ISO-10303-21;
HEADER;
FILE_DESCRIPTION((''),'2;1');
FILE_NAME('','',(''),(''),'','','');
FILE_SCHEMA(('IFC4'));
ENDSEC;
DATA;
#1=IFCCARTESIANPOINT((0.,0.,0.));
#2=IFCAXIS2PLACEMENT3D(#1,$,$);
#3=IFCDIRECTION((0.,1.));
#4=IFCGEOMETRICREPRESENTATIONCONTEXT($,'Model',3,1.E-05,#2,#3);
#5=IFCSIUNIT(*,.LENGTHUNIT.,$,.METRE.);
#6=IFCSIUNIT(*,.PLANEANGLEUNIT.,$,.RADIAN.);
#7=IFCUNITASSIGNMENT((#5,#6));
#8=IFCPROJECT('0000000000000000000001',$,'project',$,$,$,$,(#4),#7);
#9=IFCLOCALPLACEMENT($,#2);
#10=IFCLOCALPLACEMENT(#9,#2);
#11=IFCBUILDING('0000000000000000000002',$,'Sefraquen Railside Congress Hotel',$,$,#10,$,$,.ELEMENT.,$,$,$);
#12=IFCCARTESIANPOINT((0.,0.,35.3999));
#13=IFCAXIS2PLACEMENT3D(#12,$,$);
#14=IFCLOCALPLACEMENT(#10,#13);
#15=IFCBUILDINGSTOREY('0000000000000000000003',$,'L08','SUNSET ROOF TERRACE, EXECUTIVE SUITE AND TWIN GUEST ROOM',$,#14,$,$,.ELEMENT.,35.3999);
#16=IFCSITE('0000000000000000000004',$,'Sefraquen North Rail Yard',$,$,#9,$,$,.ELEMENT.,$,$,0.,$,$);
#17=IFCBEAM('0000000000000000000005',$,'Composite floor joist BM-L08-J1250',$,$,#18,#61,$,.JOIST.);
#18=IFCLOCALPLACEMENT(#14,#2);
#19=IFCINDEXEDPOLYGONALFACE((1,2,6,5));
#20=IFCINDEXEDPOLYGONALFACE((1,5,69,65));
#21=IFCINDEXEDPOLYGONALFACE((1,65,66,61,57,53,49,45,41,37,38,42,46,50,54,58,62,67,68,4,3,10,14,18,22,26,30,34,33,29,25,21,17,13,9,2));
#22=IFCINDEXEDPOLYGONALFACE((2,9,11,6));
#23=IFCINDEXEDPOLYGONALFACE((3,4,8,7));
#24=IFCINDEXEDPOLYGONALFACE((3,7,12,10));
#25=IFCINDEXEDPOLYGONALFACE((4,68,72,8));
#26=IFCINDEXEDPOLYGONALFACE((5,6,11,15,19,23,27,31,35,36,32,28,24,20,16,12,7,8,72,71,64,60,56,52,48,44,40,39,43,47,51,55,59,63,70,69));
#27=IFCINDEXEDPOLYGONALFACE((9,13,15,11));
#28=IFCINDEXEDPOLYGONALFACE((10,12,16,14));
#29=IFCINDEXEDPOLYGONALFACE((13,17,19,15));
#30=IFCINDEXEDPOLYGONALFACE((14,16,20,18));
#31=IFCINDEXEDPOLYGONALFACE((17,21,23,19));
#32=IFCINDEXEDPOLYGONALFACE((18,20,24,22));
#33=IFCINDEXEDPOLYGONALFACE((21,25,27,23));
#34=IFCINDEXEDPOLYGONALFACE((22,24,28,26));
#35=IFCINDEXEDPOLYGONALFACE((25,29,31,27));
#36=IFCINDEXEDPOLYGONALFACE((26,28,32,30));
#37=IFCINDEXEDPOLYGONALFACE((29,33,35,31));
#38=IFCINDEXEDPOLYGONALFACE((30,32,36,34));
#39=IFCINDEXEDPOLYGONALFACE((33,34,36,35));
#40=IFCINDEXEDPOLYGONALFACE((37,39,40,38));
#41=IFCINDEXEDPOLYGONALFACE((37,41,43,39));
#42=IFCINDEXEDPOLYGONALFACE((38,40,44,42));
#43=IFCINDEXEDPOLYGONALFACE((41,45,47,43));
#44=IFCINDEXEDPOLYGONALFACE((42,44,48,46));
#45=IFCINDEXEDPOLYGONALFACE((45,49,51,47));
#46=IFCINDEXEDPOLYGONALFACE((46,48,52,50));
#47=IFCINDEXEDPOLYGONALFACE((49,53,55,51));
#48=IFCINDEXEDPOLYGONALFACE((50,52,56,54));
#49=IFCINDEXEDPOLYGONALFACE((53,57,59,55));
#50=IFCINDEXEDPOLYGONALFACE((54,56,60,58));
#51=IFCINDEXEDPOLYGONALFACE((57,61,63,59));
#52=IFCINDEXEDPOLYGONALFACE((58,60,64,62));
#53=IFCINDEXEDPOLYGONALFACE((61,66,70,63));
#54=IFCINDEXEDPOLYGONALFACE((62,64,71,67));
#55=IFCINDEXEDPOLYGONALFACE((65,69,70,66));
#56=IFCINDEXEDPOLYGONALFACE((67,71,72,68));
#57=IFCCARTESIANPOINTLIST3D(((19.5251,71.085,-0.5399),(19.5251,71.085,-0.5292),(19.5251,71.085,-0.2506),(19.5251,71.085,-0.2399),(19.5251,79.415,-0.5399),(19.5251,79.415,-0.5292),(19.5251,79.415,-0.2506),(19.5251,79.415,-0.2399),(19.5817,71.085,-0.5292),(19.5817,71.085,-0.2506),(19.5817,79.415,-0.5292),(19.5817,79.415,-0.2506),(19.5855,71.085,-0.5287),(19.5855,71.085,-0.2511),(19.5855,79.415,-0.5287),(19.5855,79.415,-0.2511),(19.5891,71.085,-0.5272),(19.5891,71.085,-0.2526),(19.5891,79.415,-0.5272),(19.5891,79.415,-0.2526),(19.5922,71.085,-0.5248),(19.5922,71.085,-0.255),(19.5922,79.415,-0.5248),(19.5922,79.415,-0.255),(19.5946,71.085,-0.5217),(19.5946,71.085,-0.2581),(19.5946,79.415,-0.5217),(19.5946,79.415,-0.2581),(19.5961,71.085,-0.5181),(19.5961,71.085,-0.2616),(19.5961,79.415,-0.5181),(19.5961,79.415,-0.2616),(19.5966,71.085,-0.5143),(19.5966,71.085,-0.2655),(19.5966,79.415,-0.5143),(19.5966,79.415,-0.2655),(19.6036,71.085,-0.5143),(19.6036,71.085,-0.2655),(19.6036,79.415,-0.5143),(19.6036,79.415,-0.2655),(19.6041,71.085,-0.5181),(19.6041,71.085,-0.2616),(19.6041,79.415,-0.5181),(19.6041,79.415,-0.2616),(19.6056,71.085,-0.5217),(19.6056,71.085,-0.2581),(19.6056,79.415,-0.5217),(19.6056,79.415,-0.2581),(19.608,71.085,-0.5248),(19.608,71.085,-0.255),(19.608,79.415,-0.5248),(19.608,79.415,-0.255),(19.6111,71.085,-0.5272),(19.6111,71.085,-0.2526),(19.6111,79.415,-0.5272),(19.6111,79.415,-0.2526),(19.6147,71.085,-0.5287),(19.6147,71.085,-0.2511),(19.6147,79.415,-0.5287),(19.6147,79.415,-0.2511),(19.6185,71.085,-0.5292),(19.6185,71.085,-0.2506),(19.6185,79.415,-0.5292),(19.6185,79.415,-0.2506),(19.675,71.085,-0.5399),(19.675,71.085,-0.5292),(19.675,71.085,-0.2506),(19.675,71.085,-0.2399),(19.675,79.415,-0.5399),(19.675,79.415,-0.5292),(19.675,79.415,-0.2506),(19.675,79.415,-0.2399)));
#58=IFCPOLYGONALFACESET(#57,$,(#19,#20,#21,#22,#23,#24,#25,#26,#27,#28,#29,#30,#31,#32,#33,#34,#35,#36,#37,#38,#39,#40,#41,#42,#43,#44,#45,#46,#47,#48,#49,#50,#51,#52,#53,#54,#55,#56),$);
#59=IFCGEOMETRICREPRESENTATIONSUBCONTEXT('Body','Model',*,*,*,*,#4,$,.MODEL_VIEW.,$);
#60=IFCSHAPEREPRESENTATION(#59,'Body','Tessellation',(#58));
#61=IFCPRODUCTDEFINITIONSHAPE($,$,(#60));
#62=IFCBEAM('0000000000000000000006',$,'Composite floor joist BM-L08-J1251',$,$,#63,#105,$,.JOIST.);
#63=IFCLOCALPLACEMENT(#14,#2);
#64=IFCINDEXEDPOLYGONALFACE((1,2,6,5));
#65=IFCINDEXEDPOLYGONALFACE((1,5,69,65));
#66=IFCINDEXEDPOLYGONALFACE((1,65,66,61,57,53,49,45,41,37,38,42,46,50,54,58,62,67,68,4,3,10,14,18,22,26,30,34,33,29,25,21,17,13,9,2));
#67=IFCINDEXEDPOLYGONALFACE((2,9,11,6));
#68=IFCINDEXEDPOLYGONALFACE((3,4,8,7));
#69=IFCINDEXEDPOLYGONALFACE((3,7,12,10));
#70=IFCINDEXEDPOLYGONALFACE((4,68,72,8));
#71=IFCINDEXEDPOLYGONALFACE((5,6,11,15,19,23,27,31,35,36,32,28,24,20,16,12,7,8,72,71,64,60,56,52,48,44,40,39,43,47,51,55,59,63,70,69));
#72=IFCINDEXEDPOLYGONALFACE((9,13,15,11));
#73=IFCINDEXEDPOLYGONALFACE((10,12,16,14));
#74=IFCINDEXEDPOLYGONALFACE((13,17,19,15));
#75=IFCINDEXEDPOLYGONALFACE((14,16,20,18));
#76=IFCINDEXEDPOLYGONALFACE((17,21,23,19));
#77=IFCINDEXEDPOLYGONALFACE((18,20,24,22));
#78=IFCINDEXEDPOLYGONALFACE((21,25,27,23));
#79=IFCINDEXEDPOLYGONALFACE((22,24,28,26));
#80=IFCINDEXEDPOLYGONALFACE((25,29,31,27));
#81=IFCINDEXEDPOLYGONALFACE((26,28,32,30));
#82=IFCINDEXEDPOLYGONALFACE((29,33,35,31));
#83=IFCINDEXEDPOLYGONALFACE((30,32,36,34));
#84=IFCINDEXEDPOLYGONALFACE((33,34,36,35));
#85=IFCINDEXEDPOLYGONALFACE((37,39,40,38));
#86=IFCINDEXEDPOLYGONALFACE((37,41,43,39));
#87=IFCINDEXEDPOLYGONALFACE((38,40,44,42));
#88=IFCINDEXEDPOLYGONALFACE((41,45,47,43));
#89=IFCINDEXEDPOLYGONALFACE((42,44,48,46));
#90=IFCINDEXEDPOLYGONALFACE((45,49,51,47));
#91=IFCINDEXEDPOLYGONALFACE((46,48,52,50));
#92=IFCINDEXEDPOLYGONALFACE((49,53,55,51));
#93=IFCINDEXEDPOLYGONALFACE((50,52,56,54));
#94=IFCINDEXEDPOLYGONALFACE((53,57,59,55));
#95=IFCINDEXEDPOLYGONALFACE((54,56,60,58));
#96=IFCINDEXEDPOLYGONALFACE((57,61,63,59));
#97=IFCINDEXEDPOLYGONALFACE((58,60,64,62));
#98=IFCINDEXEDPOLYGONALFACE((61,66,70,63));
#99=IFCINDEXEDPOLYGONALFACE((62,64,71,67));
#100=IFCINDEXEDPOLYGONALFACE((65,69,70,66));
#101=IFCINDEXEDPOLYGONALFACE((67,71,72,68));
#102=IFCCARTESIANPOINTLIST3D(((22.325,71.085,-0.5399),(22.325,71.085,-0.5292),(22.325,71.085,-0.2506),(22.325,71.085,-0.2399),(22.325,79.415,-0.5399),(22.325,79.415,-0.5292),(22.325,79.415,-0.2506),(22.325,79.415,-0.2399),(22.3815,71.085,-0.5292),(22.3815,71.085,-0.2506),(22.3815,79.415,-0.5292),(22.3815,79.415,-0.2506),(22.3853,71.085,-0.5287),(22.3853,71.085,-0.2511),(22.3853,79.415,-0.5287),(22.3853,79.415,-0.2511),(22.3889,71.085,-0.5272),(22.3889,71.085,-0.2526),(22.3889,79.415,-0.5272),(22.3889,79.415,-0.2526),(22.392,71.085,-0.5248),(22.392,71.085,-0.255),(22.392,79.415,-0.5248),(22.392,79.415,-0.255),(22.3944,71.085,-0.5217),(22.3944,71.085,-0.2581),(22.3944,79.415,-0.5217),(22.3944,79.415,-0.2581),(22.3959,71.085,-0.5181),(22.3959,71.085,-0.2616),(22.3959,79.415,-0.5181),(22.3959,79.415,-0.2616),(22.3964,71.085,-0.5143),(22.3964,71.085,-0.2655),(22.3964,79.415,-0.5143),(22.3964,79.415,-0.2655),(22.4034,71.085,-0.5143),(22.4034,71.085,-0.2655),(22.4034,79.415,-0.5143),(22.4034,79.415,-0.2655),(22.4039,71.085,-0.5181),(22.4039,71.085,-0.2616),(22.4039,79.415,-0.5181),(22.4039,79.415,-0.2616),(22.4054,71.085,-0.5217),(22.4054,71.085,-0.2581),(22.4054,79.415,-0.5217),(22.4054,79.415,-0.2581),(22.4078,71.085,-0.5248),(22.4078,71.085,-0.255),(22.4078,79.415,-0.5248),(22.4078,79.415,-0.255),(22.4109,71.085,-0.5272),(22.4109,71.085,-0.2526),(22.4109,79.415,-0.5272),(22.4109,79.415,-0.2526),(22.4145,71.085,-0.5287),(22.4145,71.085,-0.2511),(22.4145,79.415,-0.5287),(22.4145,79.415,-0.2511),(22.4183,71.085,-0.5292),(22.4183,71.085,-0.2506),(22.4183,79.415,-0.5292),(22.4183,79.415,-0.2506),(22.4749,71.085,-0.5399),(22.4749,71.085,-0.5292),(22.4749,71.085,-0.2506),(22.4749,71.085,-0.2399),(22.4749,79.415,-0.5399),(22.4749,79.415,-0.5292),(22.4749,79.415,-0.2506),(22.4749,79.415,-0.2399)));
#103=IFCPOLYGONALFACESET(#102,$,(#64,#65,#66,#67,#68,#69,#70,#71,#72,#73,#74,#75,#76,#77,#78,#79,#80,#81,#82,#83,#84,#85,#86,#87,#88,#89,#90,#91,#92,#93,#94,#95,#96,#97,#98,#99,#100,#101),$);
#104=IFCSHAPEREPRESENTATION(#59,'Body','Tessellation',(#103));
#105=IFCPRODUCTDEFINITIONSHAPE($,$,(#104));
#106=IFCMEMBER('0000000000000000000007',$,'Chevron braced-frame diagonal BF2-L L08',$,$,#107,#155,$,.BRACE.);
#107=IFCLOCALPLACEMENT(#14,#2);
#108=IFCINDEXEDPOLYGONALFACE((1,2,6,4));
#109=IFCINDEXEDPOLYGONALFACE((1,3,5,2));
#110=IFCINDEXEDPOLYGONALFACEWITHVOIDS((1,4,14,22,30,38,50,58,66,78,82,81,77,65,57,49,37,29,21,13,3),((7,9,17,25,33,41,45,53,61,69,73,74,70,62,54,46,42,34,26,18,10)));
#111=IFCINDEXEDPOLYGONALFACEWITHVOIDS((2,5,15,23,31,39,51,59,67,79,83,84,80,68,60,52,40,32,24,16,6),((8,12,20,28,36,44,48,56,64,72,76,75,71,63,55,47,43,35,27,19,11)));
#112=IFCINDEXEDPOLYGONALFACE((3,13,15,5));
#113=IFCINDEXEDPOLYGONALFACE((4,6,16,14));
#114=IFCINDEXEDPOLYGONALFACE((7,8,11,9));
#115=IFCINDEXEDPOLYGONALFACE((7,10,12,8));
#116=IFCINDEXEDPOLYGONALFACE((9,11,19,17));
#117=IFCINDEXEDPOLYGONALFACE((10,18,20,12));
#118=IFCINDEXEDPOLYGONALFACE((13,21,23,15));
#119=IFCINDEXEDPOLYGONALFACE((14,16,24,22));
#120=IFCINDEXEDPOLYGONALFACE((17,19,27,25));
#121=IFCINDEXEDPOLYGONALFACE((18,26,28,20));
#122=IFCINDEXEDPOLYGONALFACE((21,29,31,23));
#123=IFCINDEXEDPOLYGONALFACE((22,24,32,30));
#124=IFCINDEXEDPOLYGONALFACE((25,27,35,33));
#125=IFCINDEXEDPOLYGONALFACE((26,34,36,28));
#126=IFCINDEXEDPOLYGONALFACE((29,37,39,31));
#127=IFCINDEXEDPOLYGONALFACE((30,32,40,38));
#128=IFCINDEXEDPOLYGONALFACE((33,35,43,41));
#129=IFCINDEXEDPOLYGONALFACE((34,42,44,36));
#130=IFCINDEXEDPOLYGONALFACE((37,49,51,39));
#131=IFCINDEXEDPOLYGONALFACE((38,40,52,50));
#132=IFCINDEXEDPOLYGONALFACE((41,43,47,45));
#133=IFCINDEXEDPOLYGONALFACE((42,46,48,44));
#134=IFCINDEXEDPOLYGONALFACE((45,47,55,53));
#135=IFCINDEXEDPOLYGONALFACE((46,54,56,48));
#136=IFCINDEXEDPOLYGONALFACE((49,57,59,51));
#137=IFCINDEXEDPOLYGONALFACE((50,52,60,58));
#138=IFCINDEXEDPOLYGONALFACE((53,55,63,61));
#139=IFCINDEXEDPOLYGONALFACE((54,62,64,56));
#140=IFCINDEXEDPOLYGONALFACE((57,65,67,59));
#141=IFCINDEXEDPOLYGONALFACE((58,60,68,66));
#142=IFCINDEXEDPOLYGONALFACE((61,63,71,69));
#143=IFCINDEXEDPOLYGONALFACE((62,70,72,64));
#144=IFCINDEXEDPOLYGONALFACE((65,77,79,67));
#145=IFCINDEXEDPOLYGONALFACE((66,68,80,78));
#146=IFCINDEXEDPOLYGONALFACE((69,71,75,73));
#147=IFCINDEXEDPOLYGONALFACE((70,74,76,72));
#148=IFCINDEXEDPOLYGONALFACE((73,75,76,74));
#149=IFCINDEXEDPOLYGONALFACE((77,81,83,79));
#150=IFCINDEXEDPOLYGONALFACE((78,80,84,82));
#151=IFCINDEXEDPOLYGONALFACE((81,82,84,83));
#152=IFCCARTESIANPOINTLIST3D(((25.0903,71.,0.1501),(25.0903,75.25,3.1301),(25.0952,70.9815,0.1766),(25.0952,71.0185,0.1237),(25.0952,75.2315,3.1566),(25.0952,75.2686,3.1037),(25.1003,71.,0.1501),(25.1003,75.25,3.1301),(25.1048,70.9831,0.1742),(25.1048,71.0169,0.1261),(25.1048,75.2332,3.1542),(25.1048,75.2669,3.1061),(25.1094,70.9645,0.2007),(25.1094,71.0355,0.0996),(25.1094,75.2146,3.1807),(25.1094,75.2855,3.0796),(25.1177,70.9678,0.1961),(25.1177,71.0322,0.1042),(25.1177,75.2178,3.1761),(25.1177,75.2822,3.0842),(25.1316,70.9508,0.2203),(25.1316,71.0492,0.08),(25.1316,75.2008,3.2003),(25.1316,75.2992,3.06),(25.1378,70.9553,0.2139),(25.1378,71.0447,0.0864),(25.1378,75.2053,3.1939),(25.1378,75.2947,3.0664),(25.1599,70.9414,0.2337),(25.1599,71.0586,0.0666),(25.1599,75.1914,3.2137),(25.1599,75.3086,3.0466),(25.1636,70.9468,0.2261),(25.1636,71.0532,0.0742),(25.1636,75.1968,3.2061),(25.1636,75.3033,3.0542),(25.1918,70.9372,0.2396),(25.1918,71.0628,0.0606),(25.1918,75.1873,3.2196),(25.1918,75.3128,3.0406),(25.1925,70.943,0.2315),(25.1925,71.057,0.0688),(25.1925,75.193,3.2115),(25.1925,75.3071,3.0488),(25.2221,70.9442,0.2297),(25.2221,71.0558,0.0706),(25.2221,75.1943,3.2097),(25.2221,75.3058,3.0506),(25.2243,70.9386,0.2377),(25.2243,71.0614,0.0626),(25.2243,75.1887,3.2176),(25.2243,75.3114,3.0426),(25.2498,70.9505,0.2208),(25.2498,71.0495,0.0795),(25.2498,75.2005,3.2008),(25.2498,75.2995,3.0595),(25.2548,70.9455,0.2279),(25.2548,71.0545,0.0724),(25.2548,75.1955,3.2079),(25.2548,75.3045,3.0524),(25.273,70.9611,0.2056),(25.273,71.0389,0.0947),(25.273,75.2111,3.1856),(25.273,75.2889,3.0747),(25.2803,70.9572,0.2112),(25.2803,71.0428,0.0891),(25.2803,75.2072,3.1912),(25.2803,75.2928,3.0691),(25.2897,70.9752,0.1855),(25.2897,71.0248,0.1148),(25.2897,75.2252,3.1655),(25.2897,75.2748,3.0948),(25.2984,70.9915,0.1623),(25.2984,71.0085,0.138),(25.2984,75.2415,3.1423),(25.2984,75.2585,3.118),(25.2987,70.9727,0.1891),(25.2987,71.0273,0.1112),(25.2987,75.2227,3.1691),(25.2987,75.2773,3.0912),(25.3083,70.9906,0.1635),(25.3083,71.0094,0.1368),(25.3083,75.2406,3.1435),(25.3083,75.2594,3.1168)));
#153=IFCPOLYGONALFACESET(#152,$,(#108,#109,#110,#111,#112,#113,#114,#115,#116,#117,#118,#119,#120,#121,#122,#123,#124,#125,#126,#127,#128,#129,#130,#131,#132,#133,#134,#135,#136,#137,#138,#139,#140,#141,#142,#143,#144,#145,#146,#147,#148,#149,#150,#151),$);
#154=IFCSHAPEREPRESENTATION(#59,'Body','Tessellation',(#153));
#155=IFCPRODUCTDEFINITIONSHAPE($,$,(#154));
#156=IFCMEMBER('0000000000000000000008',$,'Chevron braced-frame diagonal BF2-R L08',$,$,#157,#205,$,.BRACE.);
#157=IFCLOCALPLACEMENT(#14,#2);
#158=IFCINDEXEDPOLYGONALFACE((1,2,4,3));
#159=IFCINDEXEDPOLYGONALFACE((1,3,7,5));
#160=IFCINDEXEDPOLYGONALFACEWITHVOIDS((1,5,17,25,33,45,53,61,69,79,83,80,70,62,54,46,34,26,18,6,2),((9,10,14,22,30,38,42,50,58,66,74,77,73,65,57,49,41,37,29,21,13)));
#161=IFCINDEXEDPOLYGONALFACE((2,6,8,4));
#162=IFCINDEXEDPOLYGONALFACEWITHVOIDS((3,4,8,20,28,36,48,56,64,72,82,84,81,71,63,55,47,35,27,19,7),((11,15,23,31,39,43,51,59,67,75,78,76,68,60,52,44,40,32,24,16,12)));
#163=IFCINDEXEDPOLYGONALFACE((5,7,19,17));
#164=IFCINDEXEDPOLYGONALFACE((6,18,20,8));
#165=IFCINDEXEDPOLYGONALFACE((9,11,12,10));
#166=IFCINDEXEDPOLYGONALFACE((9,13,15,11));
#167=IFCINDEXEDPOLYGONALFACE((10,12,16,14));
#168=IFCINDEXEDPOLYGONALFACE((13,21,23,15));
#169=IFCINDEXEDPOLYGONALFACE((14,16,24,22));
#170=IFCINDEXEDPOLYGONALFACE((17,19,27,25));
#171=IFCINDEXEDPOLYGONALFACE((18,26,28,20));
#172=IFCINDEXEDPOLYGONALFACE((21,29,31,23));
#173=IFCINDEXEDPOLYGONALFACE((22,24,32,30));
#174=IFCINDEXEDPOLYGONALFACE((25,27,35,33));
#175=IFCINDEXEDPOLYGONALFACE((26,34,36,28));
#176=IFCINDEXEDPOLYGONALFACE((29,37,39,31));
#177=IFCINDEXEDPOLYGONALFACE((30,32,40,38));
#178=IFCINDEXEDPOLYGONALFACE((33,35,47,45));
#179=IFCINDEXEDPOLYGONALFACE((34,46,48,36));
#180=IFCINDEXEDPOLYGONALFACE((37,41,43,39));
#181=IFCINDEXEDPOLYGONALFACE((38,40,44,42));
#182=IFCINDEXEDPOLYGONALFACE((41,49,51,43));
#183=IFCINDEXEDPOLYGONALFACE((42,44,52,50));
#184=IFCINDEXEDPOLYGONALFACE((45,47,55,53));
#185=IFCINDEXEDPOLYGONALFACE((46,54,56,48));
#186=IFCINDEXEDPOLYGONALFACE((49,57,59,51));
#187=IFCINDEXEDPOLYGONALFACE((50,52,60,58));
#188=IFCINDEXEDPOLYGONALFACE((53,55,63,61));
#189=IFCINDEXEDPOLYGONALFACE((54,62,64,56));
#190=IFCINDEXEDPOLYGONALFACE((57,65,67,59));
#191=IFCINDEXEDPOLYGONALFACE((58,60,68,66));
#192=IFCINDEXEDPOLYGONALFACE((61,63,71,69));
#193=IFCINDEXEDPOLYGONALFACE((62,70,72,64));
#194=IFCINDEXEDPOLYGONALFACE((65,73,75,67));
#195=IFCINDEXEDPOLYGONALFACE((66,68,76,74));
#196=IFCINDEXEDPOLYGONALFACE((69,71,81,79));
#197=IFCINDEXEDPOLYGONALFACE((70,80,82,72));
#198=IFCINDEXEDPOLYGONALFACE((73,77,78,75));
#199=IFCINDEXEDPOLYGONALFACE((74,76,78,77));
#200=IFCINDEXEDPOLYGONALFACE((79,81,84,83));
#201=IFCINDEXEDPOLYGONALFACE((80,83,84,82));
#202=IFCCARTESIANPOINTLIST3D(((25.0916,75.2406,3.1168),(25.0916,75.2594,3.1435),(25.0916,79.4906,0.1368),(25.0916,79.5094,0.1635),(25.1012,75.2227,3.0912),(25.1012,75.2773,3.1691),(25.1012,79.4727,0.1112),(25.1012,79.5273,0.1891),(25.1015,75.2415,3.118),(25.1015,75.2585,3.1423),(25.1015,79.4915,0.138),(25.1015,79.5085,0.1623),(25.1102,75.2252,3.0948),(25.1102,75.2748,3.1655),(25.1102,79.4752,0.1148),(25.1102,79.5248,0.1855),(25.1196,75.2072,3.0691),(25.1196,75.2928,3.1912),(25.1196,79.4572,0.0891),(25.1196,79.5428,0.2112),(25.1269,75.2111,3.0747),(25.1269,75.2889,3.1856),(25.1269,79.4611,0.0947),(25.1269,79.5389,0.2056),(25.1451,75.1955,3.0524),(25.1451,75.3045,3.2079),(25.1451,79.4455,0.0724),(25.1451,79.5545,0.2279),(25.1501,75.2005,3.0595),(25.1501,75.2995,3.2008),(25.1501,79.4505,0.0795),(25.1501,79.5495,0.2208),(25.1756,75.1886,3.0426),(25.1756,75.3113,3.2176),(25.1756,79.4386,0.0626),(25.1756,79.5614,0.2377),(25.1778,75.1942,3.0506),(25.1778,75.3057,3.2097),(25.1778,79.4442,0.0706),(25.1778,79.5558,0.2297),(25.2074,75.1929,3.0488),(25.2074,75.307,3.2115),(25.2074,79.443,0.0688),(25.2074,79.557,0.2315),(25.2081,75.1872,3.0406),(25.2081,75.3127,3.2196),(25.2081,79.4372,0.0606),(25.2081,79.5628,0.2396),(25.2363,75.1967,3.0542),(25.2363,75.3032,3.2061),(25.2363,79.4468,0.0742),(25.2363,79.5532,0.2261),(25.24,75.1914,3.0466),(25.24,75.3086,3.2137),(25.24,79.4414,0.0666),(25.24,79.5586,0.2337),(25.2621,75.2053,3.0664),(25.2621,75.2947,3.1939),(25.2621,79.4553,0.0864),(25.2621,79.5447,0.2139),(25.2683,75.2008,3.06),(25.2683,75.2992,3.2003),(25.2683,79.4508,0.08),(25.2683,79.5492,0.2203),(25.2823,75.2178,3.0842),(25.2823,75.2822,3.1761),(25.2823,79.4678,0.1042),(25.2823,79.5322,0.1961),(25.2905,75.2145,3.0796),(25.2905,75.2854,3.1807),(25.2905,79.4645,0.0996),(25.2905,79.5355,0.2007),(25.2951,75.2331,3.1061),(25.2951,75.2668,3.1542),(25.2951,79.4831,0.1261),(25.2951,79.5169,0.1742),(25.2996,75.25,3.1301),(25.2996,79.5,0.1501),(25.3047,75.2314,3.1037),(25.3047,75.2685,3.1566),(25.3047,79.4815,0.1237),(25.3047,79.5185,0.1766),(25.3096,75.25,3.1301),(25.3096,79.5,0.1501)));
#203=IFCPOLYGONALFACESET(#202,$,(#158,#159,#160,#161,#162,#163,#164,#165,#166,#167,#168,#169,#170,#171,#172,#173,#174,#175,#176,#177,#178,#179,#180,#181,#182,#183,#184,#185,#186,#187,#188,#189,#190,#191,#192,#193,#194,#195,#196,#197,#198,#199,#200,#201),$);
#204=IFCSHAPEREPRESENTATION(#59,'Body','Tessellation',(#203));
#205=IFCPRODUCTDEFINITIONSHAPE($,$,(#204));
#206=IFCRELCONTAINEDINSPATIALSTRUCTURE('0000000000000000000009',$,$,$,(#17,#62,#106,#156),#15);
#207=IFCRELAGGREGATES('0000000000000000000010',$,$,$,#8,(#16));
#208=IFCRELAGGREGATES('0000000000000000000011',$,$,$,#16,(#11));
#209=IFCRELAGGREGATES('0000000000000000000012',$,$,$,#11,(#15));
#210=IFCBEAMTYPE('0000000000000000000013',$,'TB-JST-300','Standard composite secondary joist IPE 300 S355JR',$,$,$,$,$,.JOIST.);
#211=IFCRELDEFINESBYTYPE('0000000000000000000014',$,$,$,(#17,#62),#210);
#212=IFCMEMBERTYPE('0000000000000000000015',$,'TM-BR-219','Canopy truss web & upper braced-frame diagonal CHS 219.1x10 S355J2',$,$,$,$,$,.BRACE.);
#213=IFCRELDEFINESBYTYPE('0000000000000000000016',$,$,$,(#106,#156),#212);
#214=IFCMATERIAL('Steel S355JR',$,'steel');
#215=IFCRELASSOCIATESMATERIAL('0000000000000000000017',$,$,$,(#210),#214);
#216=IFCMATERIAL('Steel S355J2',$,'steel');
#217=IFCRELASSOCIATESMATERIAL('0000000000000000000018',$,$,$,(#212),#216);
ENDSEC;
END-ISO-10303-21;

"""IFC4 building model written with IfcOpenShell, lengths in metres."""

from ifc_helpers import new_model, si_unit, direction, frame, origin, origin_2d, place, context, subcontext, project, spatial, hollow_circle, i_section, extrude, material, material_profile, profile_set, type_object, element, save


model = new_model("IFC4")

# Units and contexts
model_context = context("Model", 3, precision=1e-05, world=origin(), true_north=direction((0.0, 1.0)))
body_context = subcontext(model_context, "Body", "Model", "MODEL_VIEW")
ifc_project = project(units=[si_unit("LENGTHUNIT", "METRE"), si_unit("PLANEANGLEUNIT", "RADIAN")], contexts=[model_context])

# Site, building, storey
site_placement = place(None, origin())
site = spatial("IfcSite", under=ifc_project, at=site_placement, Name="Sefraquen North Rail Yard", CompositionType="ELEMENT", RefElevation=0.0)
building_placement = place(site_placement, origin())
building = spatial("IfcBuilding", under=site, at=building_placement, Name="Sefraquen Railside Congress Hotel", CompositionType="ELEMENT")
storey_placement = place(building_placement, frame((0.0, 0.0, 35.3999)))
storey = spatial("IfcBuildingStorey", under=building, at=storey_placement, Name="L08", Description="SUNSET ROOF TERRACE, EXECUTIVE SUITE AND TWIN GUEST ROOM", CompositionType="ELEMENT", Elevation=35.3999)

# Shared definitions
ifc_material_1 = material(Name="Steel S355JR", Category="steel")

# Beams
ifc_material_profile_1 = material_profile(ifc_material_1, i_section(OverallWidth=0.1499, OverallDepth=0.3, WebThickness=0.0071, FlangeThickness=0.0107, FilletRadius=0.0149, at=origin_2d()), Name="IPE 300")
ifc_profile_set_1 = profile_set([ifc_material_profile_1], Name="Steel S355JR")
beam_type_1 = type_object("IfcBeamType", Name="TB-JST-300", Description="Standard composite secondary joist IPE 300 S355JR", PredefinedType="JOIST", material=ifc_profile_set_1)
for number, where, z_axis, x_axis, name in (
    (1, (19.6001, 71.085, -0.3899), (0.0, 1.0, 0.0), (-1.0, 0.0, 0.0), "Composite floor joist BM-L08-J1250"),
    (2, (22.3999, 71.085, -0.3899), (0.0, 1.0, 0.0), (-1.0, 0.0, 0.0), "Composite floor joist BM-L08-J1251"),
):
    element("IfcBeam", number, at=place(storey_placement, frame(where, z_axis=z_axis, x_axis=x_axis)), inside=storey, type_object=beam_type_1, Name=name, PredefinedType="JOIST", context=body_context, shape_type="SweptSolid", body=[
        extrude(i_section(OverallWidth=0.1499, OverallDepth=0.3, WebThickness=0.0071, FlangeThickness=0.0107, FilletRadius=0.0149, at=origin_2d()), origin(), (0.0, 0.0, 1.0), 8.3301),
    ])

# Members
ifc_material_2 = material(Name="Steel S355J2", Category="steel")
ifc_material_profile_2 = material_profile(ifc_material_2, hollow_circle(Radius=0.1096, WallThickness=0.01, at=origin_2d()), Name="CHS 219.1x10")
ifc_profile_set_2 = profile_set([ifc_material_profile_2], Name="Steel S355J2")
member_type = type_object("IfcMemberType", Name="TM-BR-219", Description="Canopy truss web & upper braced-frame diagonal CHS 219.1x10 S355J2", PredefinedType="BRACE", material=ifc_profile_set_2)
for number, where, z_axis, x_axis, name in (
    (3, (25.2, 71.0, 0.1501), (0.0, 0.818781, 0.574106), (-1.0, 0.0, 0.0), "Chevron braced-frame diagonal BF2-L L08"),
    (4, (25.2, 79.5, 0.1501), (0.0, -0.818781, 0.574106), (1.0, 0.0, 0.0), "Chevron braced-frame diagonal BF2-R L08"),
):
    element("IfcMember", number, at=place(storey_placement, frame(where, z_axis=z_axis, x_axis=x_axis)), inside=storey, type_object=member_type, Name=name, PredefinedType="BRACE", context=body_context, shape_type="SweptSolid", body=[
        extrude(hollow_circle(Radius=0.1096, WallThickness=0.01, at=origin_2d()), origin(), (0.0, 0.0, 1.0), 5.1907),
    ])

save(model, "model.ifc")
